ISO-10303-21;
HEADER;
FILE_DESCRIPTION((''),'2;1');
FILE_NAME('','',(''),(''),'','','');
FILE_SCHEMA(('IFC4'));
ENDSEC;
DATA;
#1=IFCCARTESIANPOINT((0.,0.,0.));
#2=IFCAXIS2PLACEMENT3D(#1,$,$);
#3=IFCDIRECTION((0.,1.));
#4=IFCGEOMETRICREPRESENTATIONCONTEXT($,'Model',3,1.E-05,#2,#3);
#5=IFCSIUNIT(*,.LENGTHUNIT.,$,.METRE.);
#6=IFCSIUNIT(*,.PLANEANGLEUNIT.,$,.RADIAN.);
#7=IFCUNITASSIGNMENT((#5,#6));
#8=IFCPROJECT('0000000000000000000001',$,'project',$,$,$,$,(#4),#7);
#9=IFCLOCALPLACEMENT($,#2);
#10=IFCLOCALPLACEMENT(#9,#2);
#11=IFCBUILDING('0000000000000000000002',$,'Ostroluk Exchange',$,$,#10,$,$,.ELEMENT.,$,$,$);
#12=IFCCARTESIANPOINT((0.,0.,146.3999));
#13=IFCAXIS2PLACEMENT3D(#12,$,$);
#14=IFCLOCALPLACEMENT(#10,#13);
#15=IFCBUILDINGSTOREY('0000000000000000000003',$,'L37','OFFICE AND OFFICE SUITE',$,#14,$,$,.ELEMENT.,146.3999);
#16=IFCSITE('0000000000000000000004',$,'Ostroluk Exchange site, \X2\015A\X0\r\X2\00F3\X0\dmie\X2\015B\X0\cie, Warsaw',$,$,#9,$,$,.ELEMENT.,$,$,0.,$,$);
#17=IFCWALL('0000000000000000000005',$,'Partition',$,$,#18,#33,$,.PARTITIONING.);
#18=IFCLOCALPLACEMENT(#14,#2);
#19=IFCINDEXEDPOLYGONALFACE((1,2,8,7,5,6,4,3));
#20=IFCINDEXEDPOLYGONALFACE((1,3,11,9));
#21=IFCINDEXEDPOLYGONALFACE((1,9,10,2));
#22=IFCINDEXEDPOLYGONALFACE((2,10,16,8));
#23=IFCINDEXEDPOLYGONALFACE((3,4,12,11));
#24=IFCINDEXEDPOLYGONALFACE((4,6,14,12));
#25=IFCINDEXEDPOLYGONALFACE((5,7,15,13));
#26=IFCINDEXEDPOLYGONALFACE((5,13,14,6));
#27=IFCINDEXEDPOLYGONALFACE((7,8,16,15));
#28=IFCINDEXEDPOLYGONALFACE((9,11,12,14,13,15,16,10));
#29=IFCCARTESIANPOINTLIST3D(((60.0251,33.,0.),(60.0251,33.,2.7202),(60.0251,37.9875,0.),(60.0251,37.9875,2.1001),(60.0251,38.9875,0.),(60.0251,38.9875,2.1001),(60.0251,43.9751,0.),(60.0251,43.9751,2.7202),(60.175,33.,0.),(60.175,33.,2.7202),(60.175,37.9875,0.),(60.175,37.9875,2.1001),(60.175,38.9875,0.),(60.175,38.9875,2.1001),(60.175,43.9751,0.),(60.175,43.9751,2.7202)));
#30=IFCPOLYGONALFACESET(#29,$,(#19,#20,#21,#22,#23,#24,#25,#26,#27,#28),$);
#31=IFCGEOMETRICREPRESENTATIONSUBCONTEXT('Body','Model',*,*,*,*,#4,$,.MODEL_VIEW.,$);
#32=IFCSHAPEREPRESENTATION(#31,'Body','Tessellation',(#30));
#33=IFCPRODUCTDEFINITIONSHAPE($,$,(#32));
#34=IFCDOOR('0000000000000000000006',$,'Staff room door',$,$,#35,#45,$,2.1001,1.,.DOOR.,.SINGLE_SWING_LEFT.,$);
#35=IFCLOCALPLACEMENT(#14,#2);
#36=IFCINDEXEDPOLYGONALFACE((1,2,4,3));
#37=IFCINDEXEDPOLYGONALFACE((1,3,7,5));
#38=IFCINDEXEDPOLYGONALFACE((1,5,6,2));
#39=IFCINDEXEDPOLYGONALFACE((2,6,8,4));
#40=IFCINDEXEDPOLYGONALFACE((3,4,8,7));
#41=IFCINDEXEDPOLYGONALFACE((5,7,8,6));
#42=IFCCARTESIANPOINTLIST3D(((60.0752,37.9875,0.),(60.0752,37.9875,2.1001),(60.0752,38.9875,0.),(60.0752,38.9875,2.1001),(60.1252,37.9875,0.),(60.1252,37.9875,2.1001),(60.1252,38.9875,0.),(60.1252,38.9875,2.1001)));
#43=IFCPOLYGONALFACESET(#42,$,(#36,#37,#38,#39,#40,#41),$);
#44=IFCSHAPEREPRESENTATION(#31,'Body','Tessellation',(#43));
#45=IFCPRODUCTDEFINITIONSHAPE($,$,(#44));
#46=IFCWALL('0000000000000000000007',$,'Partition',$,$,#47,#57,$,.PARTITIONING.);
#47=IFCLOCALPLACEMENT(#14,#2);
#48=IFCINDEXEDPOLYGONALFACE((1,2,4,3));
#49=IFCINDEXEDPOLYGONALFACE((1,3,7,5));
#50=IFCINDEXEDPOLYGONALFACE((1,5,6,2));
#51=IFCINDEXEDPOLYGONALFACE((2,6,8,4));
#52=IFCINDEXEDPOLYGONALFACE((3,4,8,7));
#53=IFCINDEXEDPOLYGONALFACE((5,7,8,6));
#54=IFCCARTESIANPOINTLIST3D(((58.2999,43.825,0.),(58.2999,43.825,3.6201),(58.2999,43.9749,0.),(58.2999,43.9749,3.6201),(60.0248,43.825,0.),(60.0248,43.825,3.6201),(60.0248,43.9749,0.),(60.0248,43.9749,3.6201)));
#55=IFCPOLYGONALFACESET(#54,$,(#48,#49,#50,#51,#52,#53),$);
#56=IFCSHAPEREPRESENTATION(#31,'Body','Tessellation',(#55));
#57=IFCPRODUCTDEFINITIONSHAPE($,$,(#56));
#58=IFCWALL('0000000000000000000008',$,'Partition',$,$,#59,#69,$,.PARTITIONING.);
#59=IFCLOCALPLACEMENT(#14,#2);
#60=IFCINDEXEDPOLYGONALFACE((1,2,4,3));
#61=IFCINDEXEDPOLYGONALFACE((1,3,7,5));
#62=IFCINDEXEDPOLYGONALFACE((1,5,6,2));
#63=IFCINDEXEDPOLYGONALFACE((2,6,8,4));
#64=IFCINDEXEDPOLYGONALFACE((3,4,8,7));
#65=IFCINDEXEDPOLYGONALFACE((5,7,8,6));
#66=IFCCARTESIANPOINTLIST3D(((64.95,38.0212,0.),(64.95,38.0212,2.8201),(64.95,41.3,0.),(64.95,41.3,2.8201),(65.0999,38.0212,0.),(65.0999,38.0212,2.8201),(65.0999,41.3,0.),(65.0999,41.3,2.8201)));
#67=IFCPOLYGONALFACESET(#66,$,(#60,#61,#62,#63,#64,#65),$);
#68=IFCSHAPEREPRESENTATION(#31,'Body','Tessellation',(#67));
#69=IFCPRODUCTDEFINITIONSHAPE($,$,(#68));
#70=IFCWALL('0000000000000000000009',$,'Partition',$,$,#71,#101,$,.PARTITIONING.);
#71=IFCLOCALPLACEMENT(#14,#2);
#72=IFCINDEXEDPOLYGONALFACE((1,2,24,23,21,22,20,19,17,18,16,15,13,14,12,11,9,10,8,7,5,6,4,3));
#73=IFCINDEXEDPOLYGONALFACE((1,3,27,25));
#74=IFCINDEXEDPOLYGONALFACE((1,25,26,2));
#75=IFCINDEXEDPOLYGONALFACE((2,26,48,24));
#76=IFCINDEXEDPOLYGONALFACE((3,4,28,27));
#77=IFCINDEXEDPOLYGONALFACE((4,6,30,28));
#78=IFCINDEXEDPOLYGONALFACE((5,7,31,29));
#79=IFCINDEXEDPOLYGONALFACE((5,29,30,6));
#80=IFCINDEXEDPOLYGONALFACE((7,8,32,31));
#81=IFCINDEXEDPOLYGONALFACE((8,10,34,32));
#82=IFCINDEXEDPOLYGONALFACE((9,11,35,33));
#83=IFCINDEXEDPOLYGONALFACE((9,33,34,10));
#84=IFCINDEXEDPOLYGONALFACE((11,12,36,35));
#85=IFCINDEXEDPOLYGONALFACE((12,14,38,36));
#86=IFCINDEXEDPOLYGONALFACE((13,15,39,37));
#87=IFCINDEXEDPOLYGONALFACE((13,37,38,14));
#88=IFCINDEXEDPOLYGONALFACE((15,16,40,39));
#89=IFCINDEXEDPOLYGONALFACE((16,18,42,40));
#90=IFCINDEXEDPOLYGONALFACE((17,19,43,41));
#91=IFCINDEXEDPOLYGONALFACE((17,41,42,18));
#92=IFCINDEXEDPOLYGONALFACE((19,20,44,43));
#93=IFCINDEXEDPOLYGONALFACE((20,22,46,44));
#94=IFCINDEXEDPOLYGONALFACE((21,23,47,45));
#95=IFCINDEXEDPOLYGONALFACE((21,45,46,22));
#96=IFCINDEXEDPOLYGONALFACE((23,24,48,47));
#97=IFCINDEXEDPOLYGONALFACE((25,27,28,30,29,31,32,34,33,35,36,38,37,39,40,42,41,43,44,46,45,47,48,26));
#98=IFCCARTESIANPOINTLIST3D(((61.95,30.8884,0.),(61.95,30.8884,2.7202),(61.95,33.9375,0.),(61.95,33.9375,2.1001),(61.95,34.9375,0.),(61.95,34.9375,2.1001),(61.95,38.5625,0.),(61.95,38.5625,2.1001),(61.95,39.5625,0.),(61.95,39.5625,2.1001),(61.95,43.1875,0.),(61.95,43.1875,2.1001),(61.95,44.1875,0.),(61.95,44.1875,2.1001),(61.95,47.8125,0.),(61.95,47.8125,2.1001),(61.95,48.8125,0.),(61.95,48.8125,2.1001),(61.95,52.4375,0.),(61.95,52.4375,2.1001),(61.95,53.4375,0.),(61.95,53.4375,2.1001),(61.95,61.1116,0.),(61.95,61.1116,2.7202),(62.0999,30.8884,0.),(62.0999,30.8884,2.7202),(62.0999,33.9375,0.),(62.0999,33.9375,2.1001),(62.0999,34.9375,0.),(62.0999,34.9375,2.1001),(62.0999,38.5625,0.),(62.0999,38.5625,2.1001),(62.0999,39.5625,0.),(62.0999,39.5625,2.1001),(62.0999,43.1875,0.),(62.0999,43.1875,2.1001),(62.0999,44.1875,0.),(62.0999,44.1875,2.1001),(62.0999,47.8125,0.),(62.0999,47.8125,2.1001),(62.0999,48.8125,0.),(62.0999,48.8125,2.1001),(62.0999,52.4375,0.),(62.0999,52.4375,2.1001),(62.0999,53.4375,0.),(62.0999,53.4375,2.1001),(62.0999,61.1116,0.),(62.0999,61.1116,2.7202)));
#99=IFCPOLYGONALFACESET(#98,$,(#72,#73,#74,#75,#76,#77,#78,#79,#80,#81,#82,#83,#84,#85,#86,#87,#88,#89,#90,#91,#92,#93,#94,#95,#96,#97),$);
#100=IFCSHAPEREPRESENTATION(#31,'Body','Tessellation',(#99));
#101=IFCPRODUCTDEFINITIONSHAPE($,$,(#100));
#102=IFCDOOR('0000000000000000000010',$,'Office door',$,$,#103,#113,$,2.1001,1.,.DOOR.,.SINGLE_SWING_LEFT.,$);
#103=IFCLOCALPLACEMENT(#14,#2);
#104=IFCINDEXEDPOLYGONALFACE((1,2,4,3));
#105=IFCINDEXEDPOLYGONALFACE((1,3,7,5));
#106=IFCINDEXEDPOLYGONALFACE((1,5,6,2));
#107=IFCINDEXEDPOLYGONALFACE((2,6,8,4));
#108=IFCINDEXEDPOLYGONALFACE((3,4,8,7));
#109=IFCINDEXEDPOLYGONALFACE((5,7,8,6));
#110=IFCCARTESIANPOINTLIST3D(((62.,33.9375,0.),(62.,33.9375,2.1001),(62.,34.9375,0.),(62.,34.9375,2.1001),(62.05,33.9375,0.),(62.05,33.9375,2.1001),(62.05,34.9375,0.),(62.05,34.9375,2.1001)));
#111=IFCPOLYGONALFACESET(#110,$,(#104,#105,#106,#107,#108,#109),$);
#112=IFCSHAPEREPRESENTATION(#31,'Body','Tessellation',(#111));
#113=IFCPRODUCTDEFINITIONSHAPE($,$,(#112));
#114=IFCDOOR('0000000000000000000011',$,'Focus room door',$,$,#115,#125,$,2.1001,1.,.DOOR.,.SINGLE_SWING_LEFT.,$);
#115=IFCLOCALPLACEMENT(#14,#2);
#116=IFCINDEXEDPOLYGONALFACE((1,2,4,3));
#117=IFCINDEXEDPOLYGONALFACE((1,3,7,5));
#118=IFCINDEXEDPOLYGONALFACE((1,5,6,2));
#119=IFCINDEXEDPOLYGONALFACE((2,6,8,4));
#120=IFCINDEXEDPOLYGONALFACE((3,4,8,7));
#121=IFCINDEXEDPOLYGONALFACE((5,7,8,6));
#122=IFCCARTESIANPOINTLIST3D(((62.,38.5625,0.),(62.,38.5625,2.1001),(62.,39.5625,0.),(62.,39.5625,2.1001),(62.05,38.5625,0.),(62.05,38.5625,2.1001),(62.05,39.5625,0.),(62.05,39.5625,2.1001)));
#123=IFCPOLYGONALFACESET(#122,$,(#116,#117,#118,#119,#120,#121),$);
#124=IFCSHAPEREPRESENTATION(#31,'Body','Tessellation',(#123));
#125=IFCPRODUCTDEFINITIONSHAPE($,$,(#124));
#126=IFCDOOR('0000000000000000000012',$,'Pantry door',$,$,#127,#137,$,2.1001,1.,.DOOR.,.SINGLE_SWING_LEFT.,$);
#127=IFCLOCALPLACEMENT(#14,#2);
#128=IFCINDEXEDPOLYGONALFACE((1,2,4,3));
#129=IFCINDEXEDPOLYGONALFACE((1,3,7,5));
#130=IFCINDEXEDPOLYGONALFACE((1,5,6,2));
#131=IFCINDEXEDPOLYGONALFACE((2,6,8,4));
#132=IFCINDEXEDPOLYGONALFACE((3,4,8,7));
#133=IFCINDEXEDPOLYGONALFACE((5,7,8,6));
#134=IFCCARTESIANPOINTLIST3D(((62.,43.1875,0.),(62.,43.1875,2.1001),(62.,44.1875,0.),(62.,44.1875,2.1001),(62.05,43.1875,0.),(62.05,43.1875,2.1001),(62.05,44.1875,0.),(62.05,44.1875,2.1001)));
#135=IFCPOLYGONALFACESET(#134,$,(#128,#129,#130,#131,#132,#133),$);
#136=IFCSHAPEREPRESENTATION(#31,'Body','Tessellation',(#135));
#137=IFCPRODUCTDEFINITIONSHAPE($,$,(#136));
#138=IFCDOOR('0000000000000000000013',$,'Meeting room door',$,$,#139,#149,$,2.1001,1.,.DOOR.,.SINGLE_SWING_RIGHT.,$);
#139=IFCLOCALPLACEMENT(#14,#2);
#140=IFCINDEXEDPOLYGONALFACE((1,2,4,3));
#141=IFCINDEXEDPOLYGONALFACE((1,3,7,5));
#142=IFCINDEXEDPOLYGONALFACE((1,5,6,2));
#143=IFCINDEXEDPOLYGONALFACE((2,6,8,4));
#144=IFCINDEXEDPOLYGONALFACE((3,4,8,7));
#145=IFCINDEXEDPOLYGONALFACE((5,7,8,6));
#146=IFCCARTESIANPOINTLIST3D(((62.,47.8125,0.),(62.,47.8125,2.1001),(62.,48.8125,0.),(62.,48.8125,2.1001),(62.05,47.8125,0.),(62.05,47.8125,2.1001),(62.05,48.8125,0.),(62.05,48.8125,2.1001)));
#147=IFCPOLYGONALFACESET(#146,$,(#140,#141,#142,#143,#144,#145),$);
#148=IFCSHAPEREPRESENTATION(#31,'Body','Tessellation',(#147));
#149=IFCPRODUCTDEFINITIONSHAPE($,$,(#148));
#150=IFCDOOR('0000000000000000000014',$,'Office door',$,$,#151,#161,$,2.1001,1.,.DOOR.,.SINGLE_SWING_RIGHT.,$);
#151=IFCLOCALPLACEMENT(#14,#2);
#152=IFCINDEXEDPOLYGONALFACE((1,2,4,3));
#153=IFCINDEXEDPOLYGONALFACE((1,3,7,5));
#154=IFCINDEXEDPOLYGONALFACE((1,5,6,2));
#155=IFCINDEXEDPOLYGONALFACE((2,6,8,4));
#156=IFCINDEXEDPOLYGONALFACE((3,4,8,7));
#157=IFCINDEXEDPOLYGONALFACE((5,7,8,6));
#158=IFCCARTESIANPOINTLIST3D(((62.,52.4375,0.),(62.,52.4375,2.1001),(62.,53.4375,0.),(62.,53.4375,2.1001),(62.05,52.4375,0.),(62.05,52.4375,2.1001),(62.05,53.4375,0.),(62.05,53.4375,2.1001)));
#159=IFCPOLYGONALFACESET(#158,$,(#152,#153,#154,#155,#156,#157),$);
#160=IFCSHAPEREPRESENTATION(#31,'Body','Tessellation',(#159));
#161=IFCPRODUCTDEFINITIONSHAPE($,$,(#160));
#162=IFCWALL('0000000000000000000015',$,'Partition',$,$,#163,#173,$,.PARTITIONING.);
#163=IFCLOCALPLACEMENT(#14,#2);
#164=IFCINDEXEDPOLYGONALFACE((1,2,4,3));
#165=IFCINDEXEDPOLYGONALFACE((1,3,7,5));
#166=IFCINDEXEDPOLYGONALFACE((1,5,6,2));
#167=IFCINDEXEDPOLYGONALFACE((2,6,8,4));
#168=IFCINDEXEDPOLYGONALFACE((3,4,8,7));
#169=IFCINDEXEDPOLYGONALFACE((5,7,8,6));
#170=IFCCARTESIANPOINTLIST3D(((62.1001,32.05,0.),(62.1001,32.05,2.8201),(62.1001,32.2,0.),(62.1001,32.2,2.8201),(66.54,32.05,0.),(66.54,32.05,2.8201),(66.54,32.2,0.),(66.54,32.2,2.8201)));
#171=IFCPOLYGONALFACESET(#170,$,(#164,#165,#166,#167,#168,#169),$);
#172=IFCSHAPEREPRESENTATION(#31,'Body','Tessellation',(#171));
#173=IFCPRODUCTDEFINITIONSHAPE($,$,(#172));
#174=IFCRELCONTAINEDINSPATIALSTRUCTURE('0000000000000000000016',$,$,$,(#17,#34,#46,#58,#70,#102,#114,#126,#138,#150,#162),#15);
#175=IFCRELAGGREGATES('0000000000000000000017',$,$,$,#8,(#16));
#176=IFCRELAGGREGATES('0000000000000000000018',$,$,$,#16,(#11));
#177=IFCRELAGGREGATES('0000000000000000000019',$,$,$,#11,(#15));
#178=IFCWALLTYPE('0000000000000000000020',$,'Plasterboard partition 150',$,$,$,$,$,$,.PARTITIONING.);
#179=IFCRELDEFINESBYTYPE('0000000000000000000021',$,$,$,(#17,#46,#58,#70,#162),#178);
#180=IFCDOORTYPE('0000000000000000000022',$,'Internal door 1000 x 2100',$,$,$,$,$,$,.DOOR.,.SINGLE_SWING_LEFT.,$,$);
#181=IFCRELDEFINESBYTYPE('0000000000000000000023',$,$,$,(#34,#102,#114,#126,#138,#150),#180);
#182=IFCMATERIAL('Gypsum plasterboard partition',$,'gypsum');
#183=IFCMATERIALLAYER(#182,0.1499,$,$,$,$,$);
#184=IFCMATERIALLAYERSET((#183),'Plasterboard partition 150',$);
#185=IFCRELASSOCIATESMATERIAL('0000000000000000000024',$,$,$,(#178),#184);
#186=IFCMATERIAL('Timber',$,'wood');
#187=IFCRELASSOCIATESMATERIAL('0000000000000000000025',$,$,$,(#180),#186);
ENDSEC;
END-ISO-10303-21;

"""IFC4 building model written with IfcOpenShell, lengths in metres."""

from ifc_helpers import new_model, si_unit, direction, frame, frame_2d, origin, place, context, subcontext, project, spatial, rectangle, extrude, material, layer, layer_set, type_object, element, fill, save


model = new_model("IFC4")

# Units and contexts
model_context = context("Model", 3, precision=1e-05, world=origin(), true_north=direction((0.0, 1.0)))
body_context = subcontext(model_context, "Body", "Model", "MODEL_VIEW")
ifc_project = project(units=[si_unit("LENGTHUNIT", "METRE"), si_unit("PLANEANGLEUNIT", "RADIAN")], contexts=[model_context])

# Site, building, storey
site_placement = place(None, origin())
site = spatial("IfcSite", under=ifc_project, at=site_placement, Name="Ostroluk Exchange site, Śródmieście, Warsaw", CompositionType="ELEMENT", RefElevation=0.0)
building_placement = place(site_placement, origin())
building = spatial("IfcBuilding", under=site, at=building_placement, Name="Ostroluk Exchange", CompositionType="ELEMENT")
storey_placement = place(building_placement, frame((0.0, 0.0, 146.3999)))
storey = spatial("IfcBuildingStorey", under=building, at=storey_placement, Name="L37", Description="OFFICE AND OFFICE SUITE", CompositionType="ELEMENT", Elevation=146.3999)

# Wall, opening, door
ifc_material_1 = material(Name="Gypsum plasterboard partition", Category="gypsum")
ifc_layer_1 = layer(ifc_material_1, 0.1499)
ifc_layer_set_1 = layer_set([ifc_layer_1], Name="Plasterboard partition 150")
wall_type = type_object("IfcWallType", Name="Plasterboard partition 150", PredefinedType="PARTITIONING", material=ifc_layer_set_1)
wall_1_placement = place(storey_placement, frame((60.1001, 33.0, 0.0), z_axis=(0.0, 0.0, 1.0), x_axis=(0.0, 1.0, 0.0)))
wall_1 = element("IfcWall", 1, at=wall_1_placement, inside=storey, type_object=wall_type, Name="Partition", PredefinedType="PARTITIONING", context=body_context, shape_type="SweptSolid", body=[
    extrude(rectangle(XDim=10.9751, YDim=0.1499, at=frame_2d((5.4875, 0.0))), origin(), (0.0, 0.0, 1.0), 2.7202),
])
opening_1_placement = place(wall_1_placement, frame((4.9875, 0.0, 0.0)))
opening_1 = element("IfcOpeningElement", 2, at=opening_1_placement, cuts=wall_1, PredefinedType="OPENING", context=body_context, shape_type="SweptSolid", body=[
    extrude(rectangle(XDim=1.0, YDim=2.1001, at=frame_2d((0.5, 1.05))), frame((0.0, 0.085, 0.0), z_axis=(0.0, -1.0, 0.0), x_axis=(1.0, 0.0, 0.0)), (0.0, 0.0, 1.0), 0.1699),
])
ifc_material_2 = material(Name="Timber", Category="wood")
door_type = type_object("IfcDoorType", Name="Internal door 1000 x 2100", OperationType="SINGLE_SWING_LEFT", PredefinedType="DOOR", material=ifc_material_2)
door_1_placement = place(opening_1_placement, origin())
door_1 = element("IfcDoor", 3, at=door_1_placement, inside=storey, type_object=door_type, Name="Staff room door", OperationType="SINGLE_SWING_LEFT", OverallHeight=2.1001, OverallWidth=1.0, PredefinedType="DOOR", context=body_context, shape_type="SweptSolid", body=[
    extrude(rectangle(XDim=1.0, YDim=2.1001, at=frame_2d((0.5, 1.05))), frame((0.0, 0.0249, 0.0), z_axis=(0.0, -1.0, 0.0), x_axis=(1.0, 0.0, 0.0)), (0.0, 0.0, 1.0), 0.05),
])
fill(opening_1, door_1)

# Walls
wall_2_placement = place(storey_placement, frame((58.3, 43.8999, 0.0), z_axis=(0.0, 0.0, 1.0), x_axis=(1.0, 0.0, 0.0)))
element("IfcWall", 4, at=wall_2_placement, inside=storey, type_object=wall_type, Name="Partition", PredefinedType="PARTITIONING", context=body_context, shape_type="SweptSolid", body=[
    extrude(rectangle(XDim=1.7249, YDim=0.1499, at=frame_2d((0.8623, 0.0))), origin(), (0.0, 0.0, 1.0), 3.6201),
])
wall_3_placement = place(storey_placement, frame((65.0249, 38.0212, 0.0), z_axis=(0.0, 0.0, 1.0), x_axis=(0.0, 1.0, 0.0)))
element("IfcWall", 5, at=wall_3_placement, inside=storey, type_object=wall_type, Name="Partition", PredefinedType="PARTITIONING", context=body_context, shape_type="SweptSolid", body=[
    extrude(rectangle(XDim=3.2788, YDim=0.1499, at=frame_2d((1.6394, 0.0))), origin(), (0.0, 0.0, 1.0), 2.8201),
])

# Wall, openings, doors
wall_4_placement = place(storey_placement, frame((62.0249, 30.8884, 0.0), z_axis=(0.0, 0.0, 1.0), x_axis=(0.0, 1.0, 0.0)))
wall_4 = element("IfcWall", 6, at=wall_4_placement, inside=storey, type_object=wall_type, Name="Partition", PredefinedType="PARTITIONING", context=body_context, shape_type="SweptSolid", body=[
    extrude(rectangle(XDim=30.2231, YDim=0.1499, at=frame_2d((15.1116, 0.0))), origin(), (0.0, 0.0, 1.0), 2.7202),
])
opening_2_placement = place(wall_4_placement, frame((3.0491, 0.0, 0.0)))
opening_2 = element("IfcOpeningElement", 7, at=opening_2_placement, cuts=wall_4, PredefinedType="OPENING", context=body_context, shape_type="SweptSolid", body=[
    extrude(rectangle(XDim=1.0, YDim=2.1001, at=frame_2d((0.5, 1.05))), frame((0.0, 0.085, 0.0), z_axis=(0.0, -1.0, 0.0), x_axis=(1.0, 0.0, 0.0)), (0.0, 0.0, 1.0), 0.1699),
])
opening_3_placement = place(wall_4_placement, frame((7.6741, 0.0, 0.0)))
opening_3 = element("IfcOpeningElement", 8, at=opening_3_placement, cuts=wall_4, PredefinedType="OPENING", context=body_context, shape_type="SweptSolid", body=[
    extrude(rectangle(XDim=1.0, YDim=2.1001, at=frame_2d((0.5, 1.05))), frame((0.0, 0.085, 0.0), z_axis=(0.0, -1.0, 0.0), x_axis=(1.0, 0.0, 0.0)), (0.0, 0.0, 1.0), 0.1699),
])
opening_4_placement = place(wall_4_placement, frame((12.2991, 0.0, 0.0)))
opening_4 = element("IfcOpeningElement", 9, at=opening_4_placement, cuts=wall_4, PredefinedType="OPENING", context=body_context, shape_type="SweptSolid", body=[
    extrude(rectangle(XDim=1.0, YDim=2.1001, at=frame_2d((0.5, 1.05))), frame((0.0, 0.085, 0.0), z_axis=(0.0, -1.0, 0.0), x_axis=(1.0, 0.0, 0.0)), (0.0, 0.0, 1.0), 0.1699),
])
opening_5_placement = place(wall_4_placement, frame((16.9241, 0.0, 0.0)))
opening_5 = element("IfcOpeningElement", 10, at=opening_5_placement, cuts=wall_4, PredefinedType="OPENING", context=body_context, shape_type="SweptSolid", body=[
    extrude(rectangle(XDim=1.0, YDim=2.1001, at=frame_2d((0.5, 1.05))), frame((0.0, 0.085, 0.0), z_axis=(0.0, -1.0, 0.0), x_axis=(1.0, 0.0, 0.0)), (0.0, 0.0, 1.0), 0.1699),
])
opening_6_placement = place(wall_4_placement, frame((21.5491, 0.0, 0.0)))
opening_6 = element("IfcOpeningElement", 11, at=opening_6_placement, cuts=wall_4, PredefinedType="OPENING", context=body_context, shape_type="SweptSolid", body=[
    extrude(rectangle(XDim=1.0, YDim=2.1001, at=frame_2d((0.5, 1.05))), frame((0.0, 0.085, 0.0), z_axis=(0.0, -1.0, 0.0), x_axis=(1.0, 0.0, 0.0)), (0.0, 0.0, 1.0), 0.1699),
])
door_2_placement = place(opening_2_placement, origin())
door_2 = element("IfcDoor", 12, at=door_2_placement, inside=storey, type_object=door_type, Name="Office door", OperationType="SINGLE_SWING_LEFT", OverallHeight=2.1001, OverallWidth=1.0, PredefinedType="DOOR", context=body_context, shape_type="SweptSolid", body=[
    extrude(rectangle(XDim=1.0, YDim=2.1001, at=frame_2d((0.5, 1.05))), frame((0.0, 0.0249, 0.0), z_axis=(0.0, -1.0, 0.0), x_axis=(1.0, 0.0, 0.0)), (0.0, 0.0, 1.0), 0.05),
])
fill(opening_2, door_2)
door_3_placement = place(opening_3_placement, origin())
door_3 = element("IfcDoor", 13, at=door_3_placement, inside=storey, type_object=door_type, Name="Focus room door", OperationType="SINGLE_SWING_LEFT", OverallHeight=2.1001, OverallWidth=1.0, PredefinedType="DOOR", context=body_context, shape_type="SweptSolid", body=[
    extrude(rectangle(XDim=1.0, YDim=2.1001, at=frame_2d((0.5, 1.05))), frame((0.0, 0.0249, 0.0), z_axis=(0.0, -1.0, 0.0), x_axis=(1.0, 0.0, 0.0)), (0.0, 0.0, 1.0), 0.05),
])
fill(opening_3, door_3)
door_4_placement = place(opening_4_placement, origin())
door_4 = element("IfcDoor", 14, at=door_4_placement, inside=storey, type_object=door_type, Name="Pantry door", OperationType="SINGLE_SWING_LEFT", OverallHeight=2.1001, OverallWidth=1.0, PredefinedType="DOOR", context=body_context, shape_type="SweptSolid", body=[
    extrude(rectangle(XDim=1.0, YDim=2.1001, at=frame_2d((0.5, 1.05))), frame((0.0, 0.0249, 0.0), z_axis=(0.0, -1.0, 0.0), x_axis=(1.0, 0.0, 0.0)), (0.0, 0.0, 1.0), 0.05),
])
fill(opening_4, door_4)
door_5_placement = place(opening_5_placement, origin())
door_5 = element("IfcDoor", 15, at=door_5_placement, inside=storey, type_object=door_type, Name="Meeting room door", OperationType="SINGLE_SWING_RIGHT", OverallHeight=2.1001, OverallWidth=1.0, PredefinedType="DOOR", context=body_context, shape_type="SweptSolid", body=[
    extrude(rectangle(XDim=1.0, YDim=2.1001, at=frame_2d((0.5, 1.05))), frame((0.0, 0.0249, 0.0), z_axis=(0.0, -1.0, 0.0), x_axis=(1.0, 0.0, 0.0)), (0.0, 0.0, 1.0), 0.05),
])
fill(opening_5, door_5)
door_6_placement = place(opening_6_placement, origin())
door_6 = element("IfcDoor", 16, at=door_6_placement, inside=storey, type_object=door_type, Name="Office door", OperationType="SINGLE_SWING_RIGHT", OverallHeight=2.1001, OverallWidth=1.0, PredefinedType="DOOR", context=body_context, shape_type="SweptSolid", body=[
    extrude(rectangle(XDim=1.0, YDim=2.1001, at=frame_2d((0.5, 1.05))), frame((0.0, 0.0249, 0.0), z_axis=(0.0, -1.0, 0.0), x_axis=(1.0, 0.0, 0.0)), (0.0, 0.0, 1.0), 0.05),
])
fill(opening_6, door_6)

# Wall
wall_5_placement = place(storey_placement, frame((62.1001, 32.125, 0.0), z_axis=(0.0, 0.0, 1.0), x_axis=(1.0, 0.0, 0.0)))
element("IfcWall", 17, at=wall_5_placement, inside=storey, type_object=wall_type, Name="Partition", PredefinedType="PARTITIONING", context=body_context, shape_type="SweptSolid", body=[
    extrude(rectangle(XDim=4.4399, YDim=0.1499, at=frame_2d((2.22, 0.0))), origin(), (0.0, 0.0, 1.0), 2.8201),
])

save(model, "model.ifc")
